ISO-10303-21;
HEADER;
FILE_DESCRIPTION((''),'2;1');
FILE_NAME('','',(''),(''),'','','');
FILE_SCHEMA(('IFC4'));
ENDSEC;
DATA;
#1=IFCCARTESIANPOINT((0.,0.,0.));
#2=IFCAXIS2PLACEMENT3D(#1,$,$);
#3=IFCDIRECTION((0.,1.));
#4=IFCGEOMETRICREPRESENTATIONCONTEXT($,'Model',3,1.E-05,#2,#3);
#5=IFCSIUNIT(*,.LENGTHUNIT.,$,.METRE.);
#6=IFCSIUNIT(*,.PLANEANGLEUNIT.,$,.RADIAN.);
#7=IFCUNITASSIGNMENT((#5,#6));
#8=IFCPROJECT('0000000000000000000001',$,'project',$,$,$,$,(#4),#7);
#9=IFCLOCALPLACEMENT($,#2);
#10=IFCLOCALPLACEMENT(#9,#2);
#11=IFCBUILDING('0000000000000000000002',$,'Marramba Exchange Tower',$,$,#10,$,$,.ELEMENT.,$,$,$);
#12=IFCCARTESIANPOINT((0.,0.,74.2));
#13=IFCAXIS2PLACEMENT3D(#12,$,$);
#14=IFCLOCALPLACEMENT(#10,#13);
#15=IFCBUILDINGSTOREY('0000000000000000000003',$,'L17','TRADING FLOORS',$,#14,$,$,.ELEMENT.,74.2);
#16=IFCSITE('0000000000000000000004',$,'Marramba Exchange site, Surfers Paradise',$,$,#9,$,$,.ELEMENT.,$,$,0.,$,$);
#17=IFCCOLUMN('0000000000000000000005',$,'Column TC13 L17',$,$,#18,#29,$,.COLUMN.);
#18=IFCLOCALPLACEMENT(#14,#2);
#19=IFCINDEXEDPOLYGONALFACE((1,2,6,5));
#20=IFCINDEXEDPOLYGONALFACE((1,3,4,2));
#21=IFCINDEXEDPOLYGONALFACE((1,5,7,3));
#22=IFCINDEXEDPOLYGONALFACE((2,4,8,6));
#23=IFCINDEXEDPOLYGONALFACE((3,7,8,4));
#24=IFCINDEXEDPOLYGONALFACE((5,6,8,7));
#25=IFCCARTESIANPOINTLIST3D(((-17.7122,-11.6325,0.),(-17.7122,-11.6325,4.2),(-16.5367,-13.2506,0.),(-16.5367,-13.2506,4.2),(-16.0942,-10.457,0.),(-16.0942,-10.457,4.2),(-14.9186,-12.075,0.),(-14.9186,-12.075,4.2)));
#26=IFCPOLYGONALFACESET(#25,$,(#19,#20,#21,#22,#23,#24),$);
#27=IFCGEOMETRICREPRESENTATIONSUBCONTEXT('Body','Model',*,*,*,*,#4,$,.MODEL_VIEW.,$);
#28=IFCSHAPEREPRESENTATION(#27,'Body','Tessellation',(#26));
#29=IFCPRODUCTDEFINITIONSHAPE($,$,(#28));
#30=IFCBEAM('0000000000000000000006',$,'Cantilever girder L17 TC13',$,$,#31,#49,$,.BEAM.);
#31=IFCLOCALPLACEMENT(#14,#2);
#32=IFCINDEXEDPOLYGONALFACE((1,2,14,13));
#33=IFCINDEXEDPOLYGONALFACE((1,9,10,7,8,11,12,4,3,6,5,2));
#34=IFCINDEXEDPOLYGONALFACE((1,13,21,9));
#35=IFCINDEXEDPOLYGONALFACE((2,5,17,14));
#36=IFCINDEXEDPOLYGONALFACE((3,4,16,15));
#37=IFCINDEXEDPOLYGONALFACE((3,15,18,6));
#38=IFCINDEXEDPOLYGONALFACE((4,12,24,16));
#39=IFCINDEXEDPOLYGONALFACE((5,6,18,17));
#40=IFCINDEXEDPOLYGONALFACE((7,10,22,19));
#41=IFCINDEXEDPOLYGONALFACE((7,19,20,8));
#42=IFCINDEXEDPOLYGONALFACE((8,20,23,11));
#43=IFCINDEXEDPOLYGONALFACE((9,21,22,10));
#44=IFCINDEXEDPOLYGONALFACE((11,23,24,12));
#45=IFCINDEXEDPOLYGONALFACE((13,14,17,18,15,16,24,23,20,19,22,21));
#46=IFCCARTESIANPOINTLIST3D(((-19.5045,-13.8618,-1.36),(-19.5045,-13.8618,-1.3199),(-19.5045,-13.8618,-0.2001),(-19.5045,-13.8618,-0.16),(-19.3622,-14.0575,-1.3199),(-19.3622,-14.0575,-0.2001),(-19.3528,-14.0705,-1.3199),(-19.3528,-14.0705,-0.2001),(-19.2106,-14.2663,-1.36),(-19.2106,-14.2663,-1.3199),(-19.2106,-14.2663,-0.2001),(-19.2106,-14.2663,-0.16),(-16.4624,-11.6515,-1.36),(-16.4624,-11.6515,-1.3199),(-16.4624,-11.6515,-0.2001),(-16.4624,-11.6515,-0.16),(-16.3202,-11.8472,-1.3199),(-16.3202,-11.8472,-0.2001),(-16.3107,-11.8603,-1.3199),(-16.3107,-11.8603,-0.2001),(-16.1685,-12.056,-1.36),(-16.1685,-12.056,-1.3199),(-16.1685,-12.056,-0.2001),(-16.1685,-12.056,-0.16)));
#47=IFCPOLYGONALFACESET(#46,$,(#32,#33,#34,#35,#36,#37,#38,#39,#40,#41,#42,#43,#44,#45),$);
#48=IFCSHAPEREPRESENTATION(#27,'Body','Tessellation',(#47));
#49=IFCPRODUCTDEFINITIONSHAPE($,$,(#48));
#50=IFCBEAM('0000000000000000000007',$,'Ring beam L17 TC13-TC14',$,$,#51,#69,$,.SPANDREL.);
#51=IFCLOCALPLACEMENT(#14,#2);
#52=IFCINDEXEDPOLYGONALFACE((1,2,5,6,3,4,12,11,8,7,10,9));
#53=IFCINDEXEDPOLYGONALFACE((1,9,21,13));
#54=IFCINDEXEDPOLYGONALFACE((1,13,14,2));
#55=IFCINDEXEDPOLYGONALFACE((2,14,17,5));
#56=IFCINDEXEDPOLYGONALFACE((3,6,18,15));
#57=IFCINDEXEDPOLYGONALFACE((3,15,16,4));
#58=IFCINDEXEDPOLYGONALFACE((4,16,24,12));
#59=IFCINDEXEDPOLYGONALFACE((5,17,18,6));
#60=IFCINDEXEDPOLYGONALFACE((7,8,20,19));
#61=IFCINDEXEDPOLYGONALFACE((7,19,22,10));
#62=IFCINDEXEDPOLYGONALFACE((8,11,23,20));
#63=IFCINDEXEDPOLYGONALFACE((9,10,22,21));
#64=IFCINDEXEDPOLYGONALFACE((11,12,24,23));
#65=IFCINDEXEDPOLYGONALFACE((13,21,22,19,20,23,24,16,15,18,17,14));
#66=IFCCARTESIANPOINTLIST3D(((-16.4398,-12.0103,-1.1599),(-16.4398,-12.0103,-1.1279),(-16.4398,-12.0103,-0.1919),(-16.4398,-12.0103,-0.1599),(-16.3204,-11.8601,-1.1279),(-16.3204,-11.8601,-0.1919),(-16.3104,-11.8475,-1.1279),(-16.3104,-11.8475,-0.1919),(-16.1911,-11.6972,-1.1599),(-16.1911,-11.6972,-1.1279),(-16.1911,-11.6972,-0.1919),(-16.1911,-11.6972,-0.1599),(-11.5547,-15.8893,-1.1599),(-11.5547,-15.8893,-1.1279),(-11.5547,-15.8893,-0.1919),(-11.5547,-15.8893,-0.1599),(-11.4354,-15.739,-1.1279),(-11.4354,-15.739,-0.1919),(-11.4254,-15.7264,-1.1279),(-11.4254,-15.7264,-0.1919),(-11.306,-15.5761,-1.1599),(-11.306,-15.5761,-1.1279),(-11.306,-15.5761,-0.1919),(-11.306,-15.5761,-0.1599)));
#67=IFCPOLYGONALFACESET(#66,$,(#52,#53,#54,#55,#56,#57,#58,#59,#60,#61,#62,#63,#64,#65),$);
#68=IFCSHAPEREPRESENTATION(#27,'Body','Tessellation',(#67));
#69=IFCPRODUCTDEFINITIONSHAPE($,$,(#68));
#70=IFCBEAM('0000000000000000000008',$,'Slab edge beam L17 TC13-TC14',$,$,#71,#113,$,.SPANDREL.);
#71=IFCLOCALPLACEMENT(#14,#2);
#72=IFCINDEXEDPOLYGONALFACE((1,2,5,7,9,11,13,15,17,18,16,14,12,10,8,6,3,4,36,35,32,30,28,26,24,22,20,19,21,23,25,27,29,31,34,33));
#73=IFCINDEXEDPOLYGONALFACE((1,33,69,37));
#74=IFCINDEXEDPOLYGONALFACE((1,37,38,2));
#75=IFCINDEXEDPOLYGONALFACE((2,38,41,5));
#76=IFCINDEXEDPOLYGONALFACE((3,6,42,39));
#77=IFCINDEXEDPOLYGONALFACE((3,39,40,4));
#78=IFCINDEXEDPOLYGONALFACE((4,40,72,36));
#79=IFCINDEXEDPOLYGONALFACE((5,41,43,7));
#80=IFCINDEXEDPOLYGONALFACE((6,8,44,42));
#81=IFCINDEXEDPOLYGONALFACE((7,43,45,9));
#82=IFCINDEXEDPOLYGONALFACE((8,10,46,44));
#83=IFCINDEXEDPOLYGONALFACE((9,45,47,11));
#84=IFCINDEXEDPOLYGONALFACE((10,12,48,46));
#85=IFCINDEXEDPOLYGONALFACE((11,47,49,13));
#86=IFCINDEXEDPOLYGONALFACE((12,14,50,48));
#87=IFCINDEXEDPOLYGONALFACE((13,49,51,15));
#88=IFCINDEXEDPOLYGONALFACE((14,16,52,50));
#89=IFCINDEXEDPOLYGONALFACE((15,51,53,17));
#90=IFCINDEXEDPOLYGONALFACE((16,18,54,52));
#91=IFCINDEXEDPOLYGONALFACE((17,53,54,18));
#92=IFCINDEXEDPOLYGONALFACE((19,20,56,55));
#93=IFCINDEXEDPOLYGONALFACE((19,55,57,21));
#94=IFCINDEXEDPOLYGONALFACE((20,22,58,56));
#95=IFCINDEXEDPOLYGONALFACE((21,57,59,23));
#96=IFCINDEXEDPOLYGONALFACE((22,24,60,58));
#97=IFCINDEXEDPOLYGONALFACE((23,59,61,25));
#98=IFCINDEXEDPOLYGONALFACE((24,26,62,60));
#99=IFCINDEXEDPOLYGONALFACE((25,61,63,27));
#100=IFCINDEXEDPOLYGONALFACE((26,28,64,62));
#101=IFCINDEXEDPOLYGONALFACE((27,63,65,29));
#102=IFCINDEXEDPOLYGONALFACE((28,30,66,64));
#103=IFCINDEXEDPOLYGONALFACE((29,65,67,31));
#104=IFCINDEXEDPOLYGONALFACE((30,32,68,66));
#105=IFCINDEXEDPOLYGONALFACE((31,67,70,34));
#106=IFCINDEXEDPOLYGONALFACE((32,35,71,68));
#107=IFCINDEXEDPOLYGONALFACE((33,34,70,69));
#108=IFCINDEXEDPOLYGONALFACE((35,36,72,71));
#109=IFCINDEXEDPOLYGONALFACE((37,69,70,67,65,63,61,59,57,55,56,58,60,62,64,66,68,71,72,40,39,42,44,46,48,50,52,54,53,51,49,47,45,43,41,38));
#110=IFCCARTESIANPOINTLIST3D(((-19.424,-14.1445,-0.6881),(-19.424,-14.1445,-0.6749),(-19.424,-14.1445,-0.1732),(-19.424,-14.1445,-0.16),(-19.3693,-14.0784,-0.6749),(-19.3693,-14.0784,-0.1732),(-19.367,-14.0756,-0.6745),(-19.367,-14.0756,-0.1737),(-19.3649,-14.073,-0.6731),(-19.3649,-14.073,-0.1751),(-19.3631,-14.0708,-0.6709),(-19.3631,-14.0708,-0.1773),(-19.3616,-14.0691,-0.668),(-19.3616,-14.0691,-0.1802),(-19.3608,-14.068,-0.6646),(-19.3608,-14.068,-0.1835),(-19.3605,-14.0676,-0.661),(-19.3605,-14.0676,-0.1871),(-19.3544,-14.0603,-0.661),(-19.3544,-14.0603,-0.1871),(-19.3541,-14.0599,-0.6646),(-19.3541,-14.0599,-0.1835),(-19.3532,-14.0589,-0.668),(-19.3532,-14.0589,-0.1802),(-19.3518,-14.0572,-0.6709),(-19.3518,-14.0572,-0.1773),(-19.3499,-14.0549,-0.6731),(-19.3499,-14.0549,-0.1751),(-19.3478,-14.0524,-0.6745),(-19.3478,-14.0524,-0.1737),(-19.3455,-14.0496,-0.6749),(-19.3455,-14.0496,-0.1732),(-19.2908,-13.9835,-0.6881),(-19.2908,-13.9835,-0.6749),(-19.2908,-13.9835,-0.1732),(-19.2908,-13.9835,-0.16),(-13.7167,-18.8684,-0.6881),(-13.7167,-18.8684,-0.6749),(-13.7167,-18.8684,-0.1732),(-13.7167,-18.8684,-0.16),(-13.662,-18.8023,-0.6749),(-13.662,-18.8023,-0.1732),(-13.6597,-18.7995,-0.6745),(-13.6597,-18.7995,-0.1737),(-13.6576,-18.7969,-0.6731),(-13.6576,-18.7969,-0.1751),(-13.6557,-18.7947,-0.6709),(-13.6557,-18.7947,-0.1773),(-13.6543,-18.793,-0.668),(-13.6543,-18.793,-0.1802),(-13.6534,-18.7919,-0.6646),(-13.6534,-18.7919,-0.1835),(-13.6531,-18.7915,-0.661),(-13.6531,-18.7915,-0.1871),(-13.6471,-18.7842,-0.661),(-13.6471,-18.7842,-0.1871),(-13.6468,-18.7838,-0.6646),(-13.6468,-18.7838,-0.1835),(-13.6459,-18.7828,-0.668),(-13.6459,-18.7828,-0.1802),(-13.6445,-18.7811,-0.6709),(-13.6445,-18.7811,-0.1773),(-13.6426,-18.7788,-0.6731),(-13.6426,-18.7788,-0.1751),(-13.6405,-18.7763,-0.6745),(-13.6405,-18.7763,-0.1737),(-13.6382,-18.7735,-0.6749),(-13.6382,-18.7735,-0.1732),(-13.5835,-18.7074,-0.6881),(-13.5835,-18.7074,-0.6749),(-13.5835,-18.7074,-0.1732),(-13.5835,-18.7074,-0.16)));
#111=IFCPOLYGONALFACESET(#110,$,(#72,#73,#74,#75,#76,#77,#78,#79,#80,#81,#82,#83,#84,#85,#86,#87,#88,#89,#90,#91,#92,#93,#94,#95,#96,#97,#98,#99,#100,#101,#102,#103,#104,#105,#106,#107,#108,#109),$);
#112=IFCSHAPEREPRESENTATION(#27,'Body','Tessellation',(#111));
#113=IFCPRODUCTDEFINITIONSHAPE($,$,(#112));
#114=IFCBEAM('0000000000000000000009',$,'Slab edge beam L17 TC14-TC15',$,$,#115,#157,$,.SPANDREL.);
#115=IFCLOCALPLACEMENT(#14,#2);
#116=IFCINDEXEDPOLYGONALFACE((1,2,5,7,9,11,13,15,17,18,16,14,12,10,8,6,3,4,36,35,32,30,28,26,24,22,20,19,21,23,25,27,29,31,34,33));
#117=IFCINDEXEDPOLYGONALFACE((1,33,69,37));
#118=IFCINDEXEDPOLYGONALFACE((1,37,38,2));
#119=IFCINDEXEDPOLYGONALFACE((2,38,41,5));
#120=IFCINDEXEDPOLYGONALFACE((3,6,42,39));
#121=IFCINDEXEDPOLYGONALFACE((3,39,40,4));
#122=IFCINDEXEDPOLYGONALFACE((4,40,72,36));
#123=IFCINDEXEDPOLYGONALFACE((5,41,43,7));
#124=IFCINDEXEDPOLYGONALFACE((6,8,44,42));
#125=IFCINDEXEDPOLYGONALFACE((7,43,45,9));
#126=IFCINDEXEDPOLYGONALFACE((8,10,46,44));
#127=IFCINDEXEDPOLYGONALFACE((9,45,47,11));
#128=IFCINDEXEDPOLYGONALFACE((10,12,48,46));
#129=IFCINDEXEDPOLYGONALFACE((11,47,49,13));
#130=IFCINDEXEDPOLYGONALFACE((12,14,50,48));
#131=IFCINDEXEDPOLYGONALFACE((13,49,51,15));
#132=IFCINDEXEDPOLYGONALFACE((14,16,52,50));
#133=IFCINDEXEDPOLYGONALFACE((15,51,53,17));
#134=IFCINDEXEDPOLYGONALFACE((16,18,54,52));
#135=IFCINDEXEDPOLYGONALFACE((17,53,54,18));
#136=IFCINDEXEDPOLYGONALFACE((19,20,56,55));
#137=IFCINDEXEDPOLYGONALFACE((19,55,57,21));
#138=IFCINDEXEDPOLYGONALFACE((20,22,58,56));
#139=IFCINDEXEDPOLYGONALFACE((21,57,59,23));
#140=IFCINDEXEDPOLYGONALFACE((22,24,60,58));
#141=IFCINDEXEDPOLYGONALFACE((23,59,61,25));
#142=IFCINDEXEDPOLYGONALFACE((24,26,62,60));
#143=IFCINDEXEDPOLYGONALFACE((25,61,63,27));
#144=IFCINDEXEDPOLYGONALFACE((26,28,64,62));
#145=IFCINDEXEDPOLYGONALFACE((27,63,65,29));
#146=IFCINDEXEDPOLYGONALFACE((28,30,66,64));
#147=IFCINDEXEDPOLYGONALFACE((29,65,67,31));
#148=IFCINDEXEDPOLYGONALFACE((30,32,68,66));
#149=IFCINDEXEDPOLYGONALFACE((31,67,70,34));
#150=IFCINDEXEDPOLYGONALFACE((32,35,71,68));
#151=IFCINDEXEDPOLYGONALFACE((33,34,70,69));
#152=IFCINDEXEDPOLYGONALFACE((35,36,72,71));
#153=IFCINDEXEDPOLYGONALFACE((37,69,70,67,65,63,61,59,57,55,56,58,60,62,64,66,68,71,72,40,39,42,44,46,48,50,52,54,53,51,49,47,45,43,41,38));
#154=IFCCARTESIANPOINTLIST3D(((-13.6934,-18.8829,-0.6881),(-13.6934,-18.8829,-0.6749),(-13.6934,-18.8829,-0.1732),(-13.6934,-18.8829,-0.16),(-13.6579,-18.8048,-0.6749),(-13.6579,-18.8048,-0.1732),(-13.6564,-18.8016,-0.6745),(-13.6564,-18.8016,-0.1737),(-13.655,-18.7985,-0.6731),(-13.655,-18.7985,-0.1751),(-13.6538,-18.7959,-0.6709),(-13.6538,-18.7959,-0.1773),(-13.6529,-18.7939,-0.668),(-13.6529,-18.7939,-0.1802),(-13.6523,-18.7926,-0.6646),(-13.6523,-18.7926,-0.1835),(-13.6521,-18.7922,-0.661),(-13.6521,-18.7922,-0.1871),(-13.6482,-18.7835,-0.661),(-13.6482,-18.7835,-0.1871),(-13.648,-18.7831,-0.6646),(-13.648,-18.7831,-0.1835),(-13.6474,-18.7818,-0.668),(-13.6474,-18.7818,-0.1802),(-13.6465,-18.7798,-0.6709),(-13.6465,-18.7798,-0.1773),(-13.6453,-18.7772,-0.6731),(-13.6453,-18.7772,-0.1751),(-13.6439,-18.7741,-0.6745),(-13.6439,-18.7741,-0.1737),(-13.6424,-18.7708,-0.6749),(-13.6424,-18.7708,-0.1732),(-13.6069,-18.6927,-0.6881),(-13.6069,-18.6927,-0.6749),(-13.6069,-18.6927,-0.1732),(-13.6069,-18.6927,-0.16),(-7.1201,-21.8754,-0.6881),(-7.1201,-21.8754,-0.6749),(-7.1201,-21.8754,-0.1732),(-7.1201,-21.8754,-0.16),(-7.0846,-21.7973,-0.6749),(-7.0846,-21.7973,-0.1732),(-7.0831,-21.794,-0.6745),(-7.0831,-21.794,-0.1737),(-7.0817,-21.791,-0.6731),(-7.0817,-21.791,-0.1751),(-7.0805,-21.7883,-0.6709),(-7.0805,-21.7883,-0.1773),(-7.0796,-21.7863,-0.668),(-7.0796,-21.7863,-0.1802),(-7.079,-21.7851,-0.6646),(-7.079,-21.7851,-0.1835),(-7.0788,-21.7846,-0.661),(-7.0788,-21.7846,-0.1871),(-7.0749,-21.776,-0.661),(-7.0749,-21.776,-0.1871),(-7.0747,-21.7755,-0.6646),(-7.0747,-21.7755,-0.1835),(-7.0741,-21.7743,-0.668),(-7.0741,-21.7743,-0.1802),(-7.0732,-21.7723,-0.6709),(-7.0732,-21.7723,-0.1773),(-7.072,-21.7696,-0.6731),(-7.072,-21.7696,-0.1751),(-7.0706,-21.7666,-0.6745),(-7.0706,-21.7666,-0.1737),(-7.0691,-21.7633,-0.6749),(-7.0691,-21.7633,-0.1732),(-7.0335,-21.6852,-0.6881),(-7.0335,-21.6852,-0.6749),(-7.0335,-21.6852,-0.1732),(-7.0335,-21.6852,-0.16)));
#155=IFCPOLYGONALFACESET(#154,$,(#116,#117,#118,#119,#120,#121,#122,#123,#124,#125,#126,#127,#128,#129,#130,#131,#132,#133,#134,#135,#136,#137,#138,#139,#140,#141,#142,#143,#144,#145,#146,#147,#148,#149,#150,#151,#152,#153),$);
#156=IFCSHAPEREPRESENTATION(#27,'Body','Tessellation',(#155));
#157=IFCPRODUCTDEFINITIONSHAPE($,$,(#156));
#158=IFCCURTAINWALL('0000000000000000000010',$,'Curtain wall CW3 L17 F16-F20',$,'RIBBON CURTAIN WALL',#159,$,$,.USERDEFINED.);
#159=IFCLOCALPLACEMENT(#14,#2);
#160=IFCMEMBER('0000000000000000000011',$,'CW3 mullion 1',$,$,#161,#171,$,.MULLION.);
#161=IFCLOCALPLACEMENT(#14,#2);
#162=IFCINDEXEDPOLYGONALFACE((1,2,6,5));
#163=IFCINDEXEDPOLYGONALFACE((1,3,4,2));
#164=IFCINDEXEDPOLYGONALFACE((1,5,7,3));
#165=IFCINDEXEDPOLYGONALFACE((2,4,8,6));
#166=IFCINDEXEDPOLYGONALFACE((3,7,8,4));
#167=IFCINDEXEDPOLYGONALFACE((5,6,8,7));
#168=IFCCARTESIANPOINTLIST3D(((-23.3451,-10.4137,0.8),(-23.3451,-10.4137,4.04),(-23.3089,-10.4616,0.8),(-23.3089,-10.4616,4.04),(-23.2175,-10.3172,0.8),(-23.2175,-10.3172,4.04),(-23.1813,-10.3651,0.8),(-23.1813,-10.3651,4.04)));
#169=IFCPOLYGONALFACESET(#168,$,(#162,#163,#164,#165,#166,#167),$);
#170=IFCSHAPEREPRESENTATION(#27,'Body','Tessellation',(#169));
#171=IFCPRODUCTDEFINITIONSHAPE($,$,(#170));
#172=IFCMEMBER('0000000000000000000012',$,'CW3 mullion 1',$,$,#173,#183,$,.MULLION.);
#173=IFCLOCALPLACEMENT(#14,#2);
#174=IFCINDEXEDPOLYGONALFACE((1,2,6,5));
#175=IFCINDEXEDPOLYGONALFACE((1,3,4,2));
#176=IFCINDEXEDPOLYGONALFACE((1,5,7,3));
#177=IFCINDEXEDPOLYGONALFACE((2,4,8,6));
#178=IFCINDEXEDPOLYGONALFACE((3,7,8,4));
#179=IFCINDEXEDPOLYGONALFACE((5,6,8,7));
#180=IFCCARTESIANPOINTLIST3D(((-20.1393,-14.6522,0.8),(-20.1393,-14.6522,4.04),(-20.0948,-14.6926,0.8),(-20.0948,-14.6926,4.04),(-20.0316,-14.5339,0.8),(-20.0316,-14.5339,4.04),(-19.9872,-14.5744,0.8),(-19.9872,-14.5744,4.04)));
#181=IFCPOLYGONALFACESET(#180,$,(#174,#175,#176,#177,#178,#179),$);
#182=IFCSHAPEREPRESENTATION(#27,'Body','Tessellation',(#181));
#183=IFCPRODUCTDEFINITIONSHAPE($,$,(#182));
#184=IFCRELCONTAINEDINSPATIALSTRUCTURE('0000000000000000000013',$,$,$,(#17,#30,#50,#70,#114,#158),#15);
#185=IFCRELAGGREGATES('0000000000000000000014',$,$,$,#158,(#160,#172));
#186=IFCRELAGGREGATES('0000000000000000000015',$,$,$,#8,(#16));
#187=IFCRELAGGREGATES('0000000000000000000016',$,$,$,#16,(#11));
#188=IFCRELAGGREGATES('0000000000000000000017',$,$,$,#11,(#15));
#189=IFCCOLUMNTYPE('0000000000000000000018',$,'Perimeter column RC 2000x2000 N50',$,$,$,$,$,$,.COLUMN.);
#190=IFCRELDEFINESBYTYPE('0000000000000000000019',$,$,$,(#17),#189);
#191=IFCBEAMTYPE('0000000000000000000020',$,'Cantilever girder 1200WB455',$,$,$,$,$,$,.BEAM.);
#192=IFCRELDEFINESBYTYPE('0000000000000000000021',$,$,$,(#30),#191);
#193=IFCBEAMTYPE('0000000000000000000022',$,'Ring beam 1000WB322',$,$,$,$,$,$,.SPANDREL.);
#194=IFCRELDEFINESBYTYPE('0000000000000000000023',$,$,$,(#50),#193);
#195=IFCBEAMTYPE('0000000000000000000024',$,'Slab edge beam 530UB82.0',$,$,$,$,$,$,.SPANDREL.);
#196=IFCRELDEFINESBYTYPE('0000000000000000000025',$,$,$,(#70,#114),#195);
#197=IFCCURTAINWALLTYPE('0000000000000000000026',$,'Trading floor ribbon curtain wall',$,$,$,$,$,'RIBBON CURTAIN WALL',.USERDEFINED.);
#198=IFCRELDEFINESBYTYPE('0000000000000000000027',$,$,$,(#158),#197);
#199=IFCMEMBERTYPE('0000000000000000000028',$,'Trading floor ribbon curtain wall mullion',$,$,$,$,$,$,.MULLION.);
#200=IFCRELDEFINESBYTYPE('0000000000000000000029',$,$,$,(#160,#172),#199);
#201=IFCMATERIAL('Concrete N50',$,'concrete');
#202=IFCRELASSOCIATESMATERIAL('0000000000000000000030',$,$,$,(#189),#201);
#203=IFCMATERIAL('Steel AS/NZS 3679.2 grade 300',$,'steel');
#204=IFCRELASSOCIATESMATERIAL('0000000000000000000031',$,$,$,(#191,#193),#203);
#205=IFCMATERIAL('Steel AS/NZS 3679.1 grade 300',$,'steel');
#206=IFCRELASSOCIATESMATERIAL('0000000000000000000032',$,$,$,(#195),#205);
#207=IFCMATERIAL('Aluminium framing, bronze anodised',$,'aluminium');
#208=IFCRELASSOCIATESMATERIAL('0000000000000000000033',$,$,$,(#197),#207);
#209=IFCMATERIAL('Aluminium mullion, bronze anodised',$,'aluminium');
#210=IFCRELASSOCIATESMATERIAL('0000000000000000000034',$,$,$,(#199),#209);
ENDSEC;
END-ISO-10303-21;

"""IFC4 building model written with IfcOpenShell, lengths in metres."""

from ifc_helpers import new_model, si_unit, direction, frame, origin, origin_2d, place, context, subcontext, project, spatial, rectangle, i_section, extrude, material, material_profile, profile_set, type_object, element, aggregate, save


model = new_model("IFC4")

# Units and contexts
model_context = context("Model", 3, precision=1e-05, world=origin(), true_north=direction((0.0, 1.0)))
body_context = subcontext(model_context, "Body", "Model", "MODEL_VIEW")
ifc_project = project(units=[si_unit("LENGTHUNIT", "METRE"), si_unit("PLANEANGLEUNIT", "RADIAN")], contexts=[model_context])

# Site, building, storey
site_placement = place(None, origin())
site = spatial("IfcSite", under=ifc_project, at=site_placement, Name="Marramba Exchange site, Surfers Paradise", CompositionType="ELEMENT", RefElevation=0.0)
building_placement = place(site_placement, origin())
building = spatial("IfcBuilding", under=site, at=building_placement, Name="Marramba Exchange Tower", CompositionType="ELEMENT")
storey_placement = place(building_placement, frame((0.0, 0.0, 74.2)))
storey = spatial("IfcBuildingStorey", under=building, at=storey_placement, Name="L17", Description="TRADING FLOORS", CompositionType="ELEMENT", Elevation=74.2)

# Column
ifc_material_1 = material(Name="Concrete N50", Category="concrete")
ifc_material_profile_1 = material_profile(ifc_material_1, rectangle(XDim=2.0, YDim=2.0, at=origin_2d()), Name="RC 2000x2000")
ifc_profile_set_1 = profile_set([ifc_material_profile_1], Name="Concrete N50")
column_type = type_object("IfcColumnType", Name="Perimeter column RC 2000x2000 N50", PredefinedType="COLUMN", material=ifc_profile_set_1)
column_placement = place(storey_placement, frame((-16.3154, -11.8538, 0.0), z_axis=(0.0, 0.0, 1.0), x_axis=(-0.809017, -0.587785, 0.0)))
element("IfcColumn", 1, at=column_placement, inside=storey, type_object=column_type, Name="Column TC13 L17", PredefinedType="COLUMN", context=body_context, shape_type="SweptSolid", body=[
    extrude(rectangle(XDim=2.0, YDim=2.0, at=origin_2d()), origin(), (0.0, 0.0, 1.0), 4.2),
])

# Beams
ifc_material_2 = material(Name="Steel AS/NZS 3679.2 grade 300", Category="steel")
ifc_material_profile_2 = material_profile(ifc_material_2, i_section(OverallWidth=0.5, OverallDepth=1.2, WebThickness=0.0161, FlangeThickness=0.04, at=origin_2d()), Name="1200WB455")
ifc_profile_set_2 = profile_set([ifc_material_profile_2], Name="Steel AS/NZS 3679.2 grade 300")
beam_type_1 = type_object("IfcBeamType", Name="Cantilever girder 1200WB455", PredefinedType="BEAM", material=ifc_profile_set_2)
beam_1_placement = place(storey_placement, frame((-16.3154, -11.8538, -0.76), z_axis=(-0.809008, -0.587797, 0.0), x_axis=(0.587797, -0.809008, 0.0)))
element("IfcBeam", 2, at=beam_1_placement, inside=storey, type_object=beam_type_1, Name="Cantilever girder L17 TC13", PredefinedType="BEAM", context=body_context, shape_type="SweptSolid", body=[
    extrude(i_section(OverallWidth=0.5, OverallDepth=1.2, WebThickness=0.0161, FlangeThickness=0.04, at=origin_2d()), origin(), (0.0, 0.0, 1.0), 3.7603),
])
ifc_material_profile_3 = material_profile(ifc_material_2, i_section(OverallWidth=0.3999, OverallDepth=1.0, WebThickness=0.0161, FlangeThickness=0.032, at=origin_2d()), Name="1000WB322")
ifc_profile_set_3 = profile_set([ifc_material_profile_3], Name="Steel AS/NZS 3679.2 grade 300")
beam_type_2 = type_object("IfcBeamType", Name="Ring beam 1000WB322", PredefinedType="SPANDREL", material=ifc_profile_set_3)
beam_2_placement = place(storey_placement, frame((-16.3154, -11.8538, -0.6599), z_axis=(0.783139, -0.621846, 0.0), x_axis=(0.621846, 0.783139, 0.0)))
element("IfcBeam", 3, at=beam_2_placement, inside=storey, type_object=beam_type_2, Name="Ring beam L17 TC13-TC14", PredefinedType="SPANDREL", context=body_context, shape_type="SweptSolid", body=[
    extrude(i_section(OverallWidth=0.3999, OverallDepth=1.0, WebThickness=0.0161, FlangeThickness=0.032, at=origin_2d()), origin(), (0.0, 0.0, 1.0), 6.2378),
])
ifc_material_3 = material(Name="Steel AS/NZS 3679.1 grade 300", Category="steel")
ifc_material_profile_4 = material_profile(ifc_material_3, i_section(OverallWidth=0.209, OverallDepth=0.5281, WebThickness=0.0095, FlangeThickness=0.0132, FilletRadius=0.0139, at=origin_2d()), Name="530UB82.0")
ifc_profile_set_4 = profile_set([ifc_material_profile_4], Name="Steel AS/NZS 3679.1 grade 300")
beam_type_3 = type_object("IfcBeamType", Name="Slab edge beam 530UB82.0", PredefinedType="SPANDREL", material=ifc_profile_set_4)
beam_3_placement = place(storey_placement, frame((-19.3574, -14.064, -0.4241), z_axis=(0.770354, -0.637617, 0.0), x_axis=(0.637617, 0.770354, 0.0)))
element("IfcBeam", 4, at=beam_3_placement, inside=storey, type_object=beam_type_3, Name="Slab edge beam L17 TC13-TC14", PredefinedType="SPANDREL", context=body_context, shape_type="SweptSolid", body=[
    extrude(i_section(OverallWidth=0.209, OverallDepth=0.5281, WebThickness=0.0095, FlangeThickness=0.0132, FilletRadius=0.0139, at=origin_2d()), origin(), (0.0, 0.0, 1.0), 7.4087),
])
beam_4_placement = place(storey_placement, frame((-13.6501, -18.7878, -0.4241), z_axis=(0.910127, -0.41433, 0.0), x_axis=(0.41433, 0.910127, 0.0)))
element("IfcBeam", 5, at=beam_4_placement, inside=storey, type_object=beam_type_3, Name="Slab edge beam L17 TC14-TC15", PredefinedType="SPANDREL", context=body_context, shape_type="SweptSolid", body=[
    extrude(i_section(OverallWidth=0.209, OverallDepth=0.5281, WebThickness=0.0095, FlangeThickness=0.0132, FilletRadius=0.0139, at=origin_2d()), origin(), (0.0, 0.0, 1.0), 7.2224),
])

# Curtain wall, members
ifc_material_4 = material(Name="Aluminium framing, bronze anodised", Category="aluminium")
curtain_wall_type = type_object("IfcCurtainWallType", Name="Trading floor ribbon curtain wall", ElementType="RIBBON CURTAIN WALL", PredefinedType="USERDEFINED", material=ifc_material_4)
curtain_wall_placement = place(storey_placement, origin())
curtain_wall = element("IfcCurtainWall", 6, at=curtain_wall_placement, inside=storey, type_object=curtain_wall_type, Name="Curtain wall CW3 L17 F16-F20", ObjectType="RIBBON CURTAIN WALL", PredefinedType="USERDEFINED")
ifc_material_5 = material(Name="Aluminium mullion, bronze anodised", Category="aluminium")
ifc_material_profile_5 = material_profile(ifc_material_5, rectangle(XDim=0.1599, YDim=0.0601, at=origin_2d()), Name="CW3 mullion 60x160")
ifc_profile_set_5 = profile_set([ifc_material_profile_5], Name="Aluminium mullion, bronze anodised")
member_type_1 = type_object("IfcMemberType", Name="Trading floor ribbon curtain wall mullion", PredefinedType="MULLION", material=ifc_profile_set_5)
member_1_placement = place(storey_placement, frame((-23.2632, -10.3894, 0.8), z_axis=(0.0, 0.0, 1.0), x_axis=(0.797711, 0.60304, 0.0)))
member_1 = element("IfcMember", 7, at=member_1_placement, type_object=member_type_1, Name="CW3 mullion 1", PredefinedType="MULLION", context=body_context, shape_type="SweptSolid", body=[
    extrude(rectangle(XDim=0.1599, YDim=0.0601, at=origin_2d()), origin(), (0.0, 0.0, 1.0), 3.24),
])
member_2_placement = place(storey_placement, frame((-20.0632, -14.6133, 0.8), z_axis=(0.0, 0.0, 1.0), x_axis=(0.673058, 0.73959, 0.0)))
member_2 = element("IfcMember", 8, at=member_2_placement, type_object=member_type_1, Name="CW3 mullion 1", PredefinedType="MULLION", context=body_context, shape_type="SweptSolid", body=[
    extrude(rectangle(XDim=0.1599, YDim=0.0601, at=origin_2d()), origin(), (0.0, 0.0, 1.0), 3.24),
])
aggregate(curtain_wall, [member_1, member_2])

save(model, "model.ifc")
